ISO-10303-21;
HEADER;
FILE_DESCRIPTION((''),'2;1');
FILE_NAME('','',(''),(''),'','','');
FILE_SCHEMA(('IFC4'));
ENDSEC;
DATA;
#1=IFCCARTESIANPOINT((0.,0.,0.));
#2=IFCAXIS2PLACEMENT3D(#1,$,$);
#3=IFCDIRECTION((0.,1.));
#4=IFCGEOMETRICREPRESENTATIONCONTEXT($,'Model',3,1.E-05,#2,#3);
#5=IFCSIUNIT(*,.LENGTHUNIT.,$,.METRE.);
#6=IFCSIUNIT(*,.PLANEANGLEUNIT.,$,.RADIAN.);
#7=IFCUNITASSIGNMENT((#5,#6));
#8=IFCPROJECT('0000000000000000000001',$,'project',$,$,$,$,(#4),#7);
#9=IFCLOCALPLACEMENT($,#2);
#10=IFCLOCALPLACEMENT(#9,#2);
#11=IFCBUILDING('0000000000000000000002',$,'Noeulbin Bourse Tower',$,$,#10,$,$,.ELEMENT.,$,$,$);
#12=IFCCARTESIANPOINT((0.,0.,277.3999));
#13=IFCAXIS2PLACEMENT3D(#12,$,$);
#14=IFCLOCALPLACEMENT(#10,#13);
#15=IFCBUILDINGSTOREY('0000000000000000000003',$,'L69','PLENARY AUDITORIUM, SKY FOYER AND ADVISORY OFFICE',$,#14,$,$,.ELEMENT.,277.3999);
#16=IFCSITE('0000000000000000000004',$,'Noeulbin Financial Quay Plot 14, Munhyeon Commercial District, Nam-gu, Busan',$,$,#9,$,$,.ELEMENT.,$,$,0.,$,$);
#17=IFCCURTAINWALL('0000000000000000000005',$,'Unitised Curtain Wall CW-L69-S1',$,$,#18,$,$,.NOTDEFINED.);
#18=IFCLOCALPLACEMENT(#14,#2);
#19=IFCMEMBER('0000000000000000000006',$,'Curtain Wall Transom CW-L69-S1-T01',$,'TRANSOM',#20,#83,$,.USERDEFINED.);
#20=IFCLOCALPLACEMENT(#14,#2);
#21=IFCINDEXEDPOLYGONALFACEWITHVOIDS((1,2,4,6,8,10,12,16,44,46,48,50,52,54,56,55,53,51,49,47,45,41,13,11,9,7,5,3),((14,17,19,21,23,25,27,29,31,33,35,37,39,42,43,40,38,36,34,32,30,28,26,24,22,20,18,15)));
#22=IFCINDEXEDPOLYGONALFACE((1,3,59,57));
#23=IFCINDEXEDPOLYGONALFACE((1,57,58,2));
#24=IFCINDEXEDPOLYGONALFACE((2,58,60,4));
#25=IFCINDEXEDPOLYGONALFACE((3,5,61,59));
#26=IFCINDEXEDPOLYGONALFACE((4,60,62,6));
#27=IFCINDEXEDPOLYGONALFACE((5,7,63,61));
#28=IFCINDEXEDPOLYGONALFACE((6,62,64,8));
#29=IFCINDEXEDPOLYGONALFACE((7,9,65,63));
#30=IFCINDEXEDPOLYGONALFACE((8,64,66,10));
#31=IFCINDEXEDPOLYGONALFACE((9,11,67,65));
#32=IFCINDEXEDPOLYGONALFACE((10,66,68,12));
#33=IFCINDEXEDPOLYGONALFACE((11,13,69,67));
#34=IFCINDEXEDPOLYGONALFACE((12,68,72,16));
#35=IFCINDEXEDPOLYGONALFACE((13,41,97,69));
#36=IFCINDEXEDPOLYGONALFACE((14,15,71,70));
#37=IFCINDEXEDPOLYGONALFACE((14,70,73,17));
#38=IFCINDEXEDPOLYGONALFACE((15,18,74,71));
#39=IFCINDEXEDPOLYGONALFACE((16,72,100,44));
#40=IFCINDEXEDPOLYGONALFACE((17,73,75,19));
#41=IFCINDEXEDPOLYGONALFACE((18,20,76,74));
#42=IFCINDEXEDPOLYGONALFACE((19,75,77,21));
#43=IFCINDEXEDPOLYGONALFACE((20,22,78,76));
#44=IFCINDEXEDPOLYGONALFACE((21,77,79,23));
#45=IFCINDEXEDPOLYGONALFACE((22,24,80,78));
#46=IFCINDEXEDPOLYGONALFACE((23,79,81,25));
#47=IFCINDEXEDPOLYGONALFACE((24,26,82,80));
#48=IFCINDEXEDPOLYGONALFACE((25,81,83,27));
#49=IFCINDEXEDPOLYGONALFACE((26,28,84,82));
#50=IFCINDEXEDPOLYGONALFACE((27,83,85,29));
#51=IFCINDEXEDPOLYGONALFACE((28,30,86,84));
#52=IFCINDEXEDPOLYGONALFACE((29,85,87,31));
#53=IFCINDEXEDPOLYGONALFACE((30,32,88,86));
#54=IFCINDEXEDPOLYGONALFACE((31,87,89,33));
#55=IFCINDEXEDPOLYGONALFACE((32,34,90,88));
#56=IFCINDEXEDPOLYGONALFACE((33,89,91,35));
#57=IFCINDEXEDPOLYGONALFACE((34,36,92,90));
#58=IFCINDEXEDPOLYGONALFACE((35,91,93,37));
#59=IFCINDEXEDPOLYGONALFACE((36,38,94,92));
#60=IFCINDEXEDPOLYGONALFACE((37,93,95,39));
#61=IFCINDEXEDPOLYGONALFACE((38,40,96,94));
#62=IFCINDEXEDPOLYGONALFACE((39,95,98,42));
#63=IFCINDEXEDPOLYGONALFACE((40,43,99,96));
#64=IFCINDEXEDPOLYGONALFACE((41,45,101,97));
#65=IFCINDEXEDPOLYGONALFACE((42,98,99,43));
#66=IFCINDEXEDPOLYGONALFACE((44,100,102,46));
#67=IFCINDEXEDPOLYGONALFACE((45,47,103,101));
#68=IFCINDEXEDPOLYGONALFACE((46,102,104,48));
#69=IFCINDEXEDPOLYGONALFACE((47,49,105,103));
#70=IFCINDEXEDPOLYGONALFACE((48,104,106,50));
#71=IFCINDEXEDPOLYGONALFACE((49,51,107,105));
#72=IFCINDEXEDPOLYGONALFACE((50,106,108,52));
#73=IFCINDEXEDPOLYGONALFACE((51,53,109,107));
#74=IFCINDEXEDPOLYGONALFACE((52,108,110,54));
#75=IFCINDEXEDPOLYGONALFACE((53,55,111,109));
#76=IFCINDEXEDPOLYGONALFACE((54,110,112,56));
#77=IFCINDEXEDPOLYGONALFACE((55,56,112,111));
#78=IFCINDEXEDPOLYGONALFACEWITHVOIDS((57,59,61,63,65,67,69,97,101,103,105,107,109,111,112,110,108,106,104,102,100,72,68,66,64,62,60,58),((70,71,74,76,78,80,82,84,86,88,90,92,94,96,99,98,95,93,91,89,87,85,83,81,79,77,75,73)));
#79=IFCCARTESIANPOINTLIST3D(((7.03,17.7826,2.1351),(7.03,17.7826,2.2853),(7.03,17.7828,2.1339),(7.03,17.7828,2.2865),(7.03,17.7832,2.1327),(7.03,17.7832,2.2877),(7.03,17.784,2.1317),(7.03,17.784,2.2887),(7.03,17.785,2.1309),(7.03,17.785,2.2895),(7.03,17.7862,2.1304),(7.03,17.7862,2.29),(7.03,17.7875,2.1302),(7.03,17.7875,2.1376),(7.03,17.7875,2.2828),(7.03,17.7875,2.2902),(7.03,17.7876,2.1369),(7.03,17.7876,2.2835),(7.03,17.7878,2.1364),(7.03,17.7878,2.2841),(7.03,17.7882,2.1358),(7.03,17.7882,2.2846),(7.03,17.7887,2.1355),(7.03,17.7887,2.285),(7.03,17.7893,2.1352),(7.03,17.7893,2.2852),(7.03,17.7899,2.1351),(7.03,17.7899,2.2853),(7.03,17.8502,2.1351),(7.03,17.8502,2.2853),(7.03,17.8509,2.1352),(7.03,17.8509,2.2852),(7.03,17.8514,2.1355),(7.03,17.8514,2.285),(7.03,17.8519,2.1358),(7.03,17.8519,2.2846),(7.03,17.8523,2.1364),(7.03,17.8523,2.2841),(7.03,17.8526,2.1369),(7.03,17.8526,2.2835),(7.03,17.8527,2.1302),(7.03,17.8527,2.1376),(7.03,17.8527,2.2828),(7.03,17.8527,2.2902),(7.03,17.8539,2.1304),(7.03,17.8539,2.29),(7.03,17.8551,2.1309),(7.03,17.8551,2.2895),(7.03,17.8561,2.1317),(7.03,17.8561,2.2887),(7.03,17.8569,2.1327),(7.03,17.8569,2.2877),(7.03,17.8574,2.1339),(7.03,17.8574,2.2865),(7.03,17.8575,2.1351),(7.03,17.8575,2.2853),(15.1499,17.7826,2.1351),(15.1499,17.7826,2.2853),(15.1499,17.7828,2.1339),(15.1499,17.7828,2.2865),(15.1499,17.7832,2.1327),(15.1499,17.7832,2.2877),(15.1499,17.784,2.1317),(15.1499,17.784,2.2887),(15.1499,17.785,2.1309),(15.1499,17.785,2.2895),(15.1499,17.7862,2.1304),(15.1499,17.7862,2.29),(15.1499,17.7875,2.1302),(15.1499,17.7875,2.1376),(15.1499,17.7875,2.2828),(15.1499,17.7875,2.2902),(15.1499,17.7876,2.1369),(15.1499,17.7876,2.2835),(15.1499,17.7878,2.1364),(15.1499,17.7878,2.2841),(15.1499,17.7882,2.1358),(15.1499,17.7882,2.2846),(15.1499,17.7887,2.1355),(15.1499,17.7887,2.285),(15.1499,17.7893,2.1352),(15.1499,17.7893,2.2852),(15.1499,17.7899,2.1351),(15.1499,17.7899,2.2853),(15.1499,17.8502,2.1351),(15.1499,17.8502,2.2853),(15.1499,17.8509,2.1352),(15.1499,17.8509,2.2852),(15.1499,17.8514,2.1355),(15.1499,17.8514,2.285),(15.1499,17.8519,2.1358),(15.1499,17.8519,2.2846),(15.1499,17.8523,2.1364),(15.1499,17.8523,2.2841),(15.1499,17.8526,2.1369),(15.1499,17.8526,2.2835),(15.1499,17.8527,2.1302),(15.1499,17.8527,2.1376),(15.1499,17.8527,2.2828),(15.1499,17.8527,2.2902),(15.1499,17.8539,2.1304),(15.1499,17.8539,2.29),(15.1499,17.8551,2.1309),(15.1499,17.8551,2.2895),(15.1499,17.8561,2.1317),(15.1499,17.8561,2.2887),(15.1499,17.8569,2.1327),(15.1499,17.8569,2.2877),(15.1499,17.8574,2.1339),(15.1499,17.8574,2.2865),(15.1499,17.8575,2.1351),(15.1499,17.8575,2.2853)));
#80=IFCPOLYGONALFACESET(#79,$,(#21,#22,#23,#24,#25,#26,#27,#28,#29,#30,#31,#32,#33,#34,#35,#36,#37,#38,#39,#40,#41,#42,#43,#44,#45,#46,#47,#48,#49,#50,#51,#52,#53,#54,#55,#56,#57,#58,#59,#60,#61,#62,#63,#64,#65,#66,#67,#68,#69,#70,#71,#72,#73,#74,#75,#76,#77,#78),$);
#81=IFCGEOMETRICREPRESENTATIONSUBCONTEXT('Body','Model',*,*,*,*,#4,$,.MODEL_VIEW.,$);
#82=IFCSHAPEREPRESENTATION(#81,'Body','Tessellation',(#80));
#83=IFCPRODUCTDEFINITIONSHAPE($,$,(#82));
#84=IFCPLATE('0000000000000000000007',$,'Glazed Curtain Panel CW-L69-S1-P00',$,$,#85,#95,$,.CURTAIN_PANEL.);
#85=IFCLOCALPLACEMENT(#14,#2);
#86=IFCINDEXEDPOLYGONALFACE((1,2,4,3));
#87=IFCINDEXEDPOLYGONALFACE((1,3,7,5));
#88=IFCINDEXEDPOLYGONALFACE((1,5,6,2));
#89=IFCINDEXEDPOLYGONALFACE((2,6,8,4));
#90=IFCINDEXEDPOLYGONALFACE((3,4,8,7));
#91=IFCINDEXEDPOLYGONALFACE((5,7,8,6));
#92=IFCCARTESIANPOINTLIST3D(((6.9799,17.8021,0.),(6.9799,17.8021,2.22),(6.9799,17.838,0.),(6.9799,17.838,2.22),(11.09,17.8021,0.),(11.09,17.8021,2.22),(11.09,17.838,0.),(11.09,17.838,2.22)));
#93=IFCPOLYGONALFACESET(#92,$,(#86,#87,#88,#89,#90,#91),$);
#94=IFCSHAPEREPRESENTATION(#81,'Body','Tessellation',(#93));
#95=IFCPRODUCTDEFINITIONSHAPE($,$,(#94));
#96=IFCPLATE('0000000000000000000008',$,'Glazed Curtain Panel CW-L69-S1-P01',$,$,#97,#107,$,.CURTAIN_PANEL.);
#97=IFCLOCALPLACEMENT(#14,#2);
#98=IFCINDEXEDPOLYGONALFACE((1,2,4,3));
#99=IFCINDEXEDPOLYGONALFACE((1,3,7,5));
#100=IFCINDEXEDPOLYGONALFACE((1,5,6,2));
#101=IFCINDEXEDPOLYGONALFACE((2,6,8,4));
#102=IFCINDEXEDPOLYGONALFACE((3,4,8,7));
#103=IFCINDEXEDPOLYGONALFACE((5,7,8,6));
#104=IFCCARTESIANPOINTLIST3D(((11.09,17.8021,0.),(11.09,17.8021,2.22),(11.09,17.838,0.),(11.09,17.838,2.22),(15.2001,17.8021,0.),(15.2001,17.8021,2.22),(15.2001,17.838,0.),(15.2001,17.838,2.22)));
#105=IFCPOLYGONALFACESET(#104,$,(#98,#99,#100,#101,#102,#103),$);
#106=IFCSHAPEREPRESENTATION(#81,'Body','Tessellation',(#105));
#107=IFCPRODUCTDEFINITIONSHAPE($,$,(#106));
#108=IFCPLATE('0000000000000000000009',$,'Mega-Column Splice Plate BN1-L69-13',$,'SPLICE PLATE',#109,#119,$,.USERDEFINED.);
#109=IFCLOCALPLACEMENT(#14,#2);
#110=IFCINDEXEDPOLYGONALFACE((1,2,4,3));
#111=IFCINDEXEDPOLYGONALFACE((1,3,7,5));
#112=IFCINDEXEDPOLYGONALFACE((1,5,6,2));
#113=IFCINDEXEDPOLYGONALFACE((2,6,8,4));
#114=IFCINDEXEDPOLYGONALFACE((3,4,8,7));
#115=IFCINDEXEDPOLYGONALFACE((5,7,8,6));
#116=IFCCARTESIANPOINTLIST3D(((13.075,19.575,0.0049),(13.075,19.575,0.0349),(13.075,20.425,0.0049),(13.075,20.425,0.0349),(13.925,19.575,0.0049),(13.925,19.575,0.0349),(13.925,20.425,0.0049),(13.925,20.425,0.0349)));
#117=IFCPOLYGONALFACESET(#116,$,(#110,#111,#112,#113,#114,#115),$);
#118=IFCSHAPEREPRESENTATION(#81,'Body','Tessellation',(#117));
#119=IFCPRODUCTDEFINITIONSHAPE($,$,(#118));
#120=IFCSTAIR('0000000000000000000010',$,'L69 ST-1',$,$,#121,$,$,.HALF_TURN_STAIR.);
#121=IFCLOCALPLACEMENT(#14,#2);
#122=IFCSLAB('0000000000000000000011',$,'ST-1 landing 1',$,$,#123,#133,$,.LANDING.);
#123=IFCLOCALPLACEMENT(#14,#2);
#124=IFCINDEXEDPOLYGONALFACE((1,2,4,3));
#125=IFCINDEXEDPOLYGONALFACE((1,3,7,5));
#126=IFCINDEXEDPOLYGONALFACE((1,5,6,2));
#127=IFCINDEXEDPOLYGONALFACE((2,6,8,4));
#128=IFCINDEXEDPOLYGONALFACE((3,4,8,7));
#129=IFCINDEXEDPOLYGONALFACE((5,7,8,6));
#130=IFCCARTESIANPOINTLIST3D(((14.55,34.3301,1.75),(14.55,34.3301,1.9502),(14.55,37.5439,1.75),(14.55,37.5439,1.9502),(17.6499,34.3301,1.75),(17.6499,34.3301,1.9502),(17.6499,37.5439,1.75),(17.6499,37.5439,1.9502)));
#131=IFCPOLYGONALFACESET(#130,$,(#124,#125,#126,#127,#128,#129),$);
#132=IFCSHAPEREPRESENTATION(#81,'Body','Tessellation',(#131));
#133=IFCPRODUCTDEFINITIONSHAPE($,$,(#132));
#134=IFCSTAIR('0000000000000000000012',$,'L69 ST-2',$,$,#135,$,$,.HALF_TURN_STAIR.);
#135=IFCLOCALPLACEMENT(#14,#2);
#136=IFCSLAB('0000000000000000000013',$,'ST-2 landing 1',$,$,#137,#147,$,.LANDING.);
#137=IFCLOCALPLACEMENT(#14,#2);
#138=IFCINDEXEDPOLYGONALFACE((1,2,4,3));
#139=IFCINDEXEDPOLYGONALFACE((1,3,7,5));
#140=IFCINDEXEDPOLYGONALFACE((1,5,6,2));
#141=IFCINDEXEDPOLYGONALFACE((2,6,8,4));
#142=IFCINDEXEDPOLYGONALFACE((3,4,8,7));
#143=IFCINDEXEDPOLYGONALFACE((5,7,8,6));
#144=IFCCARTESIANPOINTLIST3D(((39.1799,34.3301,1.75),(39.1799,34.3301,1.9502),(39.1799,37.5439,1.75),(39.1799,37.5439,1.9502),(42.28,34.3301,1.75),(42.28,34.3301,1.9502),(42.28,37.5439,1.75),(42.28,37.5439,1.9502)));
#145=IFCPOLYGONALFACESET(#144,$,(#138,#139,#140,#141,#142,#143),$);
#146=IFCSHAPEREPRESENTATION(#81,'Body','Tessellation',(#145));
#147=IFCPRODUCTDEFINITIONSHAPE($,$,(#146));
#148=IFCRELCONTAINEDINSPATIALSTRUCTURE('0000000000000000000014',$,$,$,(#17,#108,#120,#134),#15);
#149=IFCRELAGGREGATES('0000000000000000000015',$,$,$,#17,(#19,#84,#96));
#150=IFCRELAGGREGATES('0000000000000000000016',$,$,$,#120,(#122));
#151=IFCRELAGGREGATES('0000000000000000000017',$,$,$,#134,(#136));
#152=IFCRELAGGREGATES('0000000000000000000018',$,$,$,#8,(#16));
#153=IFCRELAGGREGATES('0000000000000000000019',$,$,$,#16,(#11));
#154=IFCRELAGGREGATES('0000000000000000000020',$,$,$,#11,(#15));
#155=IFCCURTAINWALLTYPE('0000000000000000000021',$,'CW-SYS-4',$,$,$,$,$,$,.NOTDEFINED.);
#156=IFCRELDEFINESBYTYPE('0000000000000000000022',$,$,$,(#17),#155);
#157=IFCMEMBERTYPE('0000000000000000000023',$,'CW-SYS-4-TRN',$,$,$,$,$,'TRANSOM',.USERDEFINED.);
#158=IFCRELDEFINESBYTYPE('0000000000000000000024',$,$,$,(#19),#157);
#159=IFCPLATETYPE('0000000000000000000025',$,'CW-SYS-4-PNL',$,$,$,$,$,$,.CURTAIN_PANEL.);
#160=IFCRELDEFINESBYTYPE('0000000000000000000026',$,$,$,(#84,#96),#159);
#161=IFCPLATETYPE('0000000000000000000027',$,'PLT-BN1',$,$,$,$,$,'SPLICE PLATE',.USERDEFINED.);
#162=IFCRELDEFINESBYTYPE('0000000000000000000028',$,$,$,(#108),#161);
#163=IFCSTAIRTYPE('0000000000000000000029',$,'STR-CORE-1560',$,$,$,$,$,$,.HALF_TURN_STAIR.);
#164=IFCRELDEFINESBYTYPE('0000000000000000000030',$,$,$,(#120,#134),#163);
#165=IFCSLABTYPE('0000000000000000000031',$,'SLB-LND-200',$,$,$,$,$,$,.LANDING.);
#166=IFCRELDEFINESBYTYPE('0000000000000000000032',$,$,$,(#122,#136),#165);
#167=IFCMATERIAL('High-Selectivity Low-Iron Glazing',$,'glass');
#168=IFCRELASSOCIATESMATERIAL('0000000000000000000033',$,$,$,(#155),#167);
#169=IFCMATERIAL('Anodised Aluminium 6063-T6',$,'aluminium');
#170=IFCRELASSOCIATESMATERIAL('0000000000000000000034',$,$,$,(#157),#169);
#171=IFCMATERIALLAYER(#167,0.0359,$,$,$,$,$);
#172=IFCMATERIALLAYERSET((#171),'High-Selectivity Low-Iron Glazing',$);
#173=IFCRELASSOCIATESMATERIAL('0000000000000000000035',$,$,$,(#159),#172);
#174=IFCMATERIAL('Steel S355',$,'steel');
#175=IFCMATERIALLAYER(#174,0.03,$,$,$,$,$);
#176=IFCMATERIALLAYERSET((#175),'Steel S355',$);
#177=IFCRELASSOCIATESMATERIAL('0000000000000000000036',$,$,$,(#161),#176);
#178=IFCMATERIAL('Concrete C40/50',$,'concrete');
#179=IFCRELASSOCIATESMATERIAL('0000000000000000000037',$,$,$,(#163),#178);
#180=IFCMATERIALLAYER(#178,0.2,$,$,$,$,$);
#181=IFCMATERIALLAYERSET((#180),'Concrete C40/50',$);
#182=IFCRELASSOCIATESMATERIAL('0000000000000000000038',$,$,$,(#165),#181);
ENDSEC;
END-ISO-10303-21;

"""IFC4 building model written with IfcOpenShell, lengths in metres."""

from ifc_helpers import new_model, si_unit, direction, frame, origin, origin_2d, place, context, subcontext, project, spatial, polyline, rectangle, hollow_rectangle, outline, extrude, material, layer, layer_set, material_profile, profile_set, type_object, element, aggregate, save


model = new_model("IFC4")

# Units and contexts
model_context = context("Model", 3, precision=1e-05, world=origin(), true_north=direction((0.0, 1.0)))
body_context = subcontext(model_context, "Body", "Model", "MODEL_VIEW")
ifc_project = project(units=[si_unit("LENGTHUNIT", "METRE"), si_unit("PLANEANGLEUNIT", "RADIAN")], contexts=[model_context])

# Site, building, storey
site_placement = place(None, origin())
site = spatial("IfcSite", under=ifc_project, at=site_placement, Name="Noeulbin Financial Quay Plot 14, Munhyeon Commercial District, Nam-gu, Busan", CompositionType="ELEMENT", RefElevation=0.0)
building_placement = place(site_placement, origin())
building = spatial("IfcBuilding", under=site, at=building_placement, Name="Noeulbin Bourse Tower", CompositionType="ELEMENT")
storey_placement = place(building_placement, frame((0.0, 0.0, 277.3999)))
storey = spatial("IfcBuildingStorey", under=building, at=storey_placement, Name="L69", Description="PLENARY AUDITORIUM, SKY FOYER AND ADVISORY OFFICE", CompositionType="ELEMENT", Elevation=277.3999)

# Shared definitions
ifc_material_1 = material(Name="Steel S355", Category="steel")

# Curtain wall, member, plates
ifc_material_2 = material(Name="High-Selectivity Low-Iron Glazing", Category="glass")
curtain_wall_type = type_object("IfcCurtainWallType", Name="CW-SYS-4", PredefinedType="NOTDEFINED", material=ifc_material_2)
curtain_wall_placement = place(storey_placement, origin())
curtain_wall = element("IfcCurtainWall", 1, at=curtain_wall_placement, inside=storey, type_object=curtain_wall_type, Name="Unitised Curtain Wall CW-L69-S1", PredefinedType="NOTDEFINED")
ifc_material_3 = material(Name="Anodised Aluminium 6063-T6", Category="aluminium")
ifc_material_profile_1 = material_profile(ifc_material_3, hollow_rectangle(XDim=0.075, YDim=0.1599, WallThickness=0.0049, InnerFilletRadius=0.0024, OuterFilletRadius=0.0049, at=origin_2d()), Name="ALU-TRAN-75x160x5", Category="LoadBearing")
ifc_profile_set_1 = profile_set([ifc_material_profile_1], Name="Anodised Aluminium 6063-T6")
member_type_1 = type_object("IfcMemberType", Name="CW-SYS-4-TRN", ElementType="TRANSOM", PredefinedType="USERDEFINED", material=ifc_profile_set_1)
member_1_placement = place(storey_placement, frame((7.03, 17.8201, 2.2102), z_axis=(1.0, 0.0, 0.0), x_axis=(0.0, 1.0, 0.0)))
member_1 = element("IfcMember", 2, at=member_1_placement, type_object=member_type_1, Name="Curtain Wall Transom CW-L69-S1-T01", ObjectType="TRANSOM", PredefinedType="USERDEFINED", context=body_context, shape_type="SweptSolid", body=[
    extrude(hollow_rectangle(XDim=0.075, YDim=0.1599, WallThickness=0.0049, InnerFilletRadius=0.0024, OuterFilletRadius=0.0049, at=origin_2d()), origin(), (0.0, 0.0, 1.0), 8.1199),
])
ifc_layer_1 = layer(ifc_material_2, 0.0359)
ifc_layer_set_1 = layer_set([ifc_layer_1], Name="High-Selectivity Low-Iron Glazing")
plate_type_1 = type_object("IfcPlateType", Name="CW-SYS-4-PNL", PredefinedType="CURTAIN_PANEL", material=ifc_layer_set_1)
plate_1_placement = place(storey_placement, frame((9.0349, 17.8201, 0.0), z_axis=(0.0, 0.0, 1.0), x_axis=(1.0, 0.0, 0.0)))
plate_1 = element("IfcPlate", 3, at=plate_1_placement, type_object=plate_type_1, Name="Glazed Curtain Panel CW-L69-S1-P00", PredefinedType="CURTAIN_PANEL", context=body_context, shape_type="SweptSolid", body=[
    extrude(rectangle(XDim=4.1101, YDim=0.0359, at=origin_2d()), origin(), (0.0, 0.0, 1.0), 2.22),
])
plate_2_placement = place(storey_placement, frame((13.145, 17.8201, 0.0), z_axis=(0.0, 0.0, 1.0), x_axis=(1.0, 0.0, 0.0)))
plate_2 = element("IfcPlate", 4, at=plate_2_placement, type_object=plate_type_1, Name="Glazed Curtain Panel CW-L69-S1-P01", PredefinedType="CURTAIN_PANEL", context=body_context, shape_type="SweptSolid", body=[
    extrude(rectangle(XDim=4.1101, YDim=0.0359, at=origin_2d()), origin(), (0.0, 0.0, 1.0), 2.22),
])
aggregate(curtain_wall, [member_1, plate_1, plate_2])

# Plate
ifc_layer_2 = layer(ifc_material_1, 0.03)
ifc_layer_set_2 = layer_set([ifc_layer_2], Name="Steel S355")
plate_type_2 = type_object("IfcPlateType", Name="PLT-BN1", ElementType="SPLICE PLATE", PredefinedType="USERDEFINED", material=ifc_layer_set_2)
plate_3_placement = place(storey_placement, frame((13.5, 20.0, 0.0049), z_axis=(0.0, 0.0, 1.0), x_axis=(1.0, 0.0, 0.0)))
element("IfcPlate", 5, at=plate_3_placement, inside=storey, type_object=plate_type_2, Name="Mega-Column Splice Plate BN1-L69-13", ObjectType="SPLICE PLATE", PredefinedType="USERDEFINED", context=body_context, shape_type="SweptSolid", body=[
    extrude(rectangle(XDim=0.8501, YDim=0.8501, at=origin_2d()), origin(), (0.0, 0.0, 1.0), 0.03),
])

# Stairs, slabs
ifc_material_4 = material(Name="Concrete C40/50", Category="concrete")
stair_type = type_object("IfcStairType", Name="STR-CORE-1560", PredefinedType="HALF_TURN_STAIR", material=ifc_material_4)
stair_1_placement = place(storey_placement, origin())
stair_1 = element("IfcStair", 6, at=stair_1_placement, inside=storey, type_object=stair_type, Name="L69 ST-1", PredefinedType="HALF_TURN_STAIR")
ifc_layer_3 = layer(ifc_material_4, 0.2)
ifc_layer_set_3 = layer_set([ifc_layer_3], Name="Concrete C40/50")
slab_type_1 = type_object("IfcSlabType", Name="SLB-LND-200", PredefinedType="LANDING", material=ifc_layer_set_3)
slab_1_placement = place(storey_placement, frame((0.0, 0.0, 1.75)))
slab_1 = element("IfcSlab", 7, at=slab_1_placement, type_object=slab_type_1, Name="ST-1 landing 1", PredefinedType="LANDING", context=body_context, shape_type="SweptSolid", body=[
    extrude(outline(polyline([(17.6499, 34.3301), (17.6499, 37.5439), (14.55, 37.5439), (14.55, 34.3301), (17.6499, 34.3301)])), origin(), (0.0, 0.0, 1.0), 0.2002),
])
aggregate(stair_1, [slab_1])
stair_2_placement = place(storey_placement, origin())
stair_2 = element("IfcStair", 8, at=stair_2_placement, inside=storey, type_object=stair_type, Name="L69 ST-2", PredefinedType="HALF_TURN_STAIR")
slab_2_placement = place(storey_placement, frame((0.0, 0.0, 1.75)))
slab_2 = element("IfcSlab", 9, at=slab_2_placement, type_object=slab_type_1, Name="ST-2 landing 1", PredefinedType="LANDING", context=body_context, shape_type="SweptSolid", body=[
    extrude(outline(polyline([(42.28, 34.3301), (42.28, 37.5439), (39.1799, 37.5439), (39.1799, 34.3301), (42.28, 34.3301)])), origin(), (0.0, 0.0, 1.0), 0.2002),
])
aggregate(stair_2, [slab_2])

save(model, "model.ifc")
